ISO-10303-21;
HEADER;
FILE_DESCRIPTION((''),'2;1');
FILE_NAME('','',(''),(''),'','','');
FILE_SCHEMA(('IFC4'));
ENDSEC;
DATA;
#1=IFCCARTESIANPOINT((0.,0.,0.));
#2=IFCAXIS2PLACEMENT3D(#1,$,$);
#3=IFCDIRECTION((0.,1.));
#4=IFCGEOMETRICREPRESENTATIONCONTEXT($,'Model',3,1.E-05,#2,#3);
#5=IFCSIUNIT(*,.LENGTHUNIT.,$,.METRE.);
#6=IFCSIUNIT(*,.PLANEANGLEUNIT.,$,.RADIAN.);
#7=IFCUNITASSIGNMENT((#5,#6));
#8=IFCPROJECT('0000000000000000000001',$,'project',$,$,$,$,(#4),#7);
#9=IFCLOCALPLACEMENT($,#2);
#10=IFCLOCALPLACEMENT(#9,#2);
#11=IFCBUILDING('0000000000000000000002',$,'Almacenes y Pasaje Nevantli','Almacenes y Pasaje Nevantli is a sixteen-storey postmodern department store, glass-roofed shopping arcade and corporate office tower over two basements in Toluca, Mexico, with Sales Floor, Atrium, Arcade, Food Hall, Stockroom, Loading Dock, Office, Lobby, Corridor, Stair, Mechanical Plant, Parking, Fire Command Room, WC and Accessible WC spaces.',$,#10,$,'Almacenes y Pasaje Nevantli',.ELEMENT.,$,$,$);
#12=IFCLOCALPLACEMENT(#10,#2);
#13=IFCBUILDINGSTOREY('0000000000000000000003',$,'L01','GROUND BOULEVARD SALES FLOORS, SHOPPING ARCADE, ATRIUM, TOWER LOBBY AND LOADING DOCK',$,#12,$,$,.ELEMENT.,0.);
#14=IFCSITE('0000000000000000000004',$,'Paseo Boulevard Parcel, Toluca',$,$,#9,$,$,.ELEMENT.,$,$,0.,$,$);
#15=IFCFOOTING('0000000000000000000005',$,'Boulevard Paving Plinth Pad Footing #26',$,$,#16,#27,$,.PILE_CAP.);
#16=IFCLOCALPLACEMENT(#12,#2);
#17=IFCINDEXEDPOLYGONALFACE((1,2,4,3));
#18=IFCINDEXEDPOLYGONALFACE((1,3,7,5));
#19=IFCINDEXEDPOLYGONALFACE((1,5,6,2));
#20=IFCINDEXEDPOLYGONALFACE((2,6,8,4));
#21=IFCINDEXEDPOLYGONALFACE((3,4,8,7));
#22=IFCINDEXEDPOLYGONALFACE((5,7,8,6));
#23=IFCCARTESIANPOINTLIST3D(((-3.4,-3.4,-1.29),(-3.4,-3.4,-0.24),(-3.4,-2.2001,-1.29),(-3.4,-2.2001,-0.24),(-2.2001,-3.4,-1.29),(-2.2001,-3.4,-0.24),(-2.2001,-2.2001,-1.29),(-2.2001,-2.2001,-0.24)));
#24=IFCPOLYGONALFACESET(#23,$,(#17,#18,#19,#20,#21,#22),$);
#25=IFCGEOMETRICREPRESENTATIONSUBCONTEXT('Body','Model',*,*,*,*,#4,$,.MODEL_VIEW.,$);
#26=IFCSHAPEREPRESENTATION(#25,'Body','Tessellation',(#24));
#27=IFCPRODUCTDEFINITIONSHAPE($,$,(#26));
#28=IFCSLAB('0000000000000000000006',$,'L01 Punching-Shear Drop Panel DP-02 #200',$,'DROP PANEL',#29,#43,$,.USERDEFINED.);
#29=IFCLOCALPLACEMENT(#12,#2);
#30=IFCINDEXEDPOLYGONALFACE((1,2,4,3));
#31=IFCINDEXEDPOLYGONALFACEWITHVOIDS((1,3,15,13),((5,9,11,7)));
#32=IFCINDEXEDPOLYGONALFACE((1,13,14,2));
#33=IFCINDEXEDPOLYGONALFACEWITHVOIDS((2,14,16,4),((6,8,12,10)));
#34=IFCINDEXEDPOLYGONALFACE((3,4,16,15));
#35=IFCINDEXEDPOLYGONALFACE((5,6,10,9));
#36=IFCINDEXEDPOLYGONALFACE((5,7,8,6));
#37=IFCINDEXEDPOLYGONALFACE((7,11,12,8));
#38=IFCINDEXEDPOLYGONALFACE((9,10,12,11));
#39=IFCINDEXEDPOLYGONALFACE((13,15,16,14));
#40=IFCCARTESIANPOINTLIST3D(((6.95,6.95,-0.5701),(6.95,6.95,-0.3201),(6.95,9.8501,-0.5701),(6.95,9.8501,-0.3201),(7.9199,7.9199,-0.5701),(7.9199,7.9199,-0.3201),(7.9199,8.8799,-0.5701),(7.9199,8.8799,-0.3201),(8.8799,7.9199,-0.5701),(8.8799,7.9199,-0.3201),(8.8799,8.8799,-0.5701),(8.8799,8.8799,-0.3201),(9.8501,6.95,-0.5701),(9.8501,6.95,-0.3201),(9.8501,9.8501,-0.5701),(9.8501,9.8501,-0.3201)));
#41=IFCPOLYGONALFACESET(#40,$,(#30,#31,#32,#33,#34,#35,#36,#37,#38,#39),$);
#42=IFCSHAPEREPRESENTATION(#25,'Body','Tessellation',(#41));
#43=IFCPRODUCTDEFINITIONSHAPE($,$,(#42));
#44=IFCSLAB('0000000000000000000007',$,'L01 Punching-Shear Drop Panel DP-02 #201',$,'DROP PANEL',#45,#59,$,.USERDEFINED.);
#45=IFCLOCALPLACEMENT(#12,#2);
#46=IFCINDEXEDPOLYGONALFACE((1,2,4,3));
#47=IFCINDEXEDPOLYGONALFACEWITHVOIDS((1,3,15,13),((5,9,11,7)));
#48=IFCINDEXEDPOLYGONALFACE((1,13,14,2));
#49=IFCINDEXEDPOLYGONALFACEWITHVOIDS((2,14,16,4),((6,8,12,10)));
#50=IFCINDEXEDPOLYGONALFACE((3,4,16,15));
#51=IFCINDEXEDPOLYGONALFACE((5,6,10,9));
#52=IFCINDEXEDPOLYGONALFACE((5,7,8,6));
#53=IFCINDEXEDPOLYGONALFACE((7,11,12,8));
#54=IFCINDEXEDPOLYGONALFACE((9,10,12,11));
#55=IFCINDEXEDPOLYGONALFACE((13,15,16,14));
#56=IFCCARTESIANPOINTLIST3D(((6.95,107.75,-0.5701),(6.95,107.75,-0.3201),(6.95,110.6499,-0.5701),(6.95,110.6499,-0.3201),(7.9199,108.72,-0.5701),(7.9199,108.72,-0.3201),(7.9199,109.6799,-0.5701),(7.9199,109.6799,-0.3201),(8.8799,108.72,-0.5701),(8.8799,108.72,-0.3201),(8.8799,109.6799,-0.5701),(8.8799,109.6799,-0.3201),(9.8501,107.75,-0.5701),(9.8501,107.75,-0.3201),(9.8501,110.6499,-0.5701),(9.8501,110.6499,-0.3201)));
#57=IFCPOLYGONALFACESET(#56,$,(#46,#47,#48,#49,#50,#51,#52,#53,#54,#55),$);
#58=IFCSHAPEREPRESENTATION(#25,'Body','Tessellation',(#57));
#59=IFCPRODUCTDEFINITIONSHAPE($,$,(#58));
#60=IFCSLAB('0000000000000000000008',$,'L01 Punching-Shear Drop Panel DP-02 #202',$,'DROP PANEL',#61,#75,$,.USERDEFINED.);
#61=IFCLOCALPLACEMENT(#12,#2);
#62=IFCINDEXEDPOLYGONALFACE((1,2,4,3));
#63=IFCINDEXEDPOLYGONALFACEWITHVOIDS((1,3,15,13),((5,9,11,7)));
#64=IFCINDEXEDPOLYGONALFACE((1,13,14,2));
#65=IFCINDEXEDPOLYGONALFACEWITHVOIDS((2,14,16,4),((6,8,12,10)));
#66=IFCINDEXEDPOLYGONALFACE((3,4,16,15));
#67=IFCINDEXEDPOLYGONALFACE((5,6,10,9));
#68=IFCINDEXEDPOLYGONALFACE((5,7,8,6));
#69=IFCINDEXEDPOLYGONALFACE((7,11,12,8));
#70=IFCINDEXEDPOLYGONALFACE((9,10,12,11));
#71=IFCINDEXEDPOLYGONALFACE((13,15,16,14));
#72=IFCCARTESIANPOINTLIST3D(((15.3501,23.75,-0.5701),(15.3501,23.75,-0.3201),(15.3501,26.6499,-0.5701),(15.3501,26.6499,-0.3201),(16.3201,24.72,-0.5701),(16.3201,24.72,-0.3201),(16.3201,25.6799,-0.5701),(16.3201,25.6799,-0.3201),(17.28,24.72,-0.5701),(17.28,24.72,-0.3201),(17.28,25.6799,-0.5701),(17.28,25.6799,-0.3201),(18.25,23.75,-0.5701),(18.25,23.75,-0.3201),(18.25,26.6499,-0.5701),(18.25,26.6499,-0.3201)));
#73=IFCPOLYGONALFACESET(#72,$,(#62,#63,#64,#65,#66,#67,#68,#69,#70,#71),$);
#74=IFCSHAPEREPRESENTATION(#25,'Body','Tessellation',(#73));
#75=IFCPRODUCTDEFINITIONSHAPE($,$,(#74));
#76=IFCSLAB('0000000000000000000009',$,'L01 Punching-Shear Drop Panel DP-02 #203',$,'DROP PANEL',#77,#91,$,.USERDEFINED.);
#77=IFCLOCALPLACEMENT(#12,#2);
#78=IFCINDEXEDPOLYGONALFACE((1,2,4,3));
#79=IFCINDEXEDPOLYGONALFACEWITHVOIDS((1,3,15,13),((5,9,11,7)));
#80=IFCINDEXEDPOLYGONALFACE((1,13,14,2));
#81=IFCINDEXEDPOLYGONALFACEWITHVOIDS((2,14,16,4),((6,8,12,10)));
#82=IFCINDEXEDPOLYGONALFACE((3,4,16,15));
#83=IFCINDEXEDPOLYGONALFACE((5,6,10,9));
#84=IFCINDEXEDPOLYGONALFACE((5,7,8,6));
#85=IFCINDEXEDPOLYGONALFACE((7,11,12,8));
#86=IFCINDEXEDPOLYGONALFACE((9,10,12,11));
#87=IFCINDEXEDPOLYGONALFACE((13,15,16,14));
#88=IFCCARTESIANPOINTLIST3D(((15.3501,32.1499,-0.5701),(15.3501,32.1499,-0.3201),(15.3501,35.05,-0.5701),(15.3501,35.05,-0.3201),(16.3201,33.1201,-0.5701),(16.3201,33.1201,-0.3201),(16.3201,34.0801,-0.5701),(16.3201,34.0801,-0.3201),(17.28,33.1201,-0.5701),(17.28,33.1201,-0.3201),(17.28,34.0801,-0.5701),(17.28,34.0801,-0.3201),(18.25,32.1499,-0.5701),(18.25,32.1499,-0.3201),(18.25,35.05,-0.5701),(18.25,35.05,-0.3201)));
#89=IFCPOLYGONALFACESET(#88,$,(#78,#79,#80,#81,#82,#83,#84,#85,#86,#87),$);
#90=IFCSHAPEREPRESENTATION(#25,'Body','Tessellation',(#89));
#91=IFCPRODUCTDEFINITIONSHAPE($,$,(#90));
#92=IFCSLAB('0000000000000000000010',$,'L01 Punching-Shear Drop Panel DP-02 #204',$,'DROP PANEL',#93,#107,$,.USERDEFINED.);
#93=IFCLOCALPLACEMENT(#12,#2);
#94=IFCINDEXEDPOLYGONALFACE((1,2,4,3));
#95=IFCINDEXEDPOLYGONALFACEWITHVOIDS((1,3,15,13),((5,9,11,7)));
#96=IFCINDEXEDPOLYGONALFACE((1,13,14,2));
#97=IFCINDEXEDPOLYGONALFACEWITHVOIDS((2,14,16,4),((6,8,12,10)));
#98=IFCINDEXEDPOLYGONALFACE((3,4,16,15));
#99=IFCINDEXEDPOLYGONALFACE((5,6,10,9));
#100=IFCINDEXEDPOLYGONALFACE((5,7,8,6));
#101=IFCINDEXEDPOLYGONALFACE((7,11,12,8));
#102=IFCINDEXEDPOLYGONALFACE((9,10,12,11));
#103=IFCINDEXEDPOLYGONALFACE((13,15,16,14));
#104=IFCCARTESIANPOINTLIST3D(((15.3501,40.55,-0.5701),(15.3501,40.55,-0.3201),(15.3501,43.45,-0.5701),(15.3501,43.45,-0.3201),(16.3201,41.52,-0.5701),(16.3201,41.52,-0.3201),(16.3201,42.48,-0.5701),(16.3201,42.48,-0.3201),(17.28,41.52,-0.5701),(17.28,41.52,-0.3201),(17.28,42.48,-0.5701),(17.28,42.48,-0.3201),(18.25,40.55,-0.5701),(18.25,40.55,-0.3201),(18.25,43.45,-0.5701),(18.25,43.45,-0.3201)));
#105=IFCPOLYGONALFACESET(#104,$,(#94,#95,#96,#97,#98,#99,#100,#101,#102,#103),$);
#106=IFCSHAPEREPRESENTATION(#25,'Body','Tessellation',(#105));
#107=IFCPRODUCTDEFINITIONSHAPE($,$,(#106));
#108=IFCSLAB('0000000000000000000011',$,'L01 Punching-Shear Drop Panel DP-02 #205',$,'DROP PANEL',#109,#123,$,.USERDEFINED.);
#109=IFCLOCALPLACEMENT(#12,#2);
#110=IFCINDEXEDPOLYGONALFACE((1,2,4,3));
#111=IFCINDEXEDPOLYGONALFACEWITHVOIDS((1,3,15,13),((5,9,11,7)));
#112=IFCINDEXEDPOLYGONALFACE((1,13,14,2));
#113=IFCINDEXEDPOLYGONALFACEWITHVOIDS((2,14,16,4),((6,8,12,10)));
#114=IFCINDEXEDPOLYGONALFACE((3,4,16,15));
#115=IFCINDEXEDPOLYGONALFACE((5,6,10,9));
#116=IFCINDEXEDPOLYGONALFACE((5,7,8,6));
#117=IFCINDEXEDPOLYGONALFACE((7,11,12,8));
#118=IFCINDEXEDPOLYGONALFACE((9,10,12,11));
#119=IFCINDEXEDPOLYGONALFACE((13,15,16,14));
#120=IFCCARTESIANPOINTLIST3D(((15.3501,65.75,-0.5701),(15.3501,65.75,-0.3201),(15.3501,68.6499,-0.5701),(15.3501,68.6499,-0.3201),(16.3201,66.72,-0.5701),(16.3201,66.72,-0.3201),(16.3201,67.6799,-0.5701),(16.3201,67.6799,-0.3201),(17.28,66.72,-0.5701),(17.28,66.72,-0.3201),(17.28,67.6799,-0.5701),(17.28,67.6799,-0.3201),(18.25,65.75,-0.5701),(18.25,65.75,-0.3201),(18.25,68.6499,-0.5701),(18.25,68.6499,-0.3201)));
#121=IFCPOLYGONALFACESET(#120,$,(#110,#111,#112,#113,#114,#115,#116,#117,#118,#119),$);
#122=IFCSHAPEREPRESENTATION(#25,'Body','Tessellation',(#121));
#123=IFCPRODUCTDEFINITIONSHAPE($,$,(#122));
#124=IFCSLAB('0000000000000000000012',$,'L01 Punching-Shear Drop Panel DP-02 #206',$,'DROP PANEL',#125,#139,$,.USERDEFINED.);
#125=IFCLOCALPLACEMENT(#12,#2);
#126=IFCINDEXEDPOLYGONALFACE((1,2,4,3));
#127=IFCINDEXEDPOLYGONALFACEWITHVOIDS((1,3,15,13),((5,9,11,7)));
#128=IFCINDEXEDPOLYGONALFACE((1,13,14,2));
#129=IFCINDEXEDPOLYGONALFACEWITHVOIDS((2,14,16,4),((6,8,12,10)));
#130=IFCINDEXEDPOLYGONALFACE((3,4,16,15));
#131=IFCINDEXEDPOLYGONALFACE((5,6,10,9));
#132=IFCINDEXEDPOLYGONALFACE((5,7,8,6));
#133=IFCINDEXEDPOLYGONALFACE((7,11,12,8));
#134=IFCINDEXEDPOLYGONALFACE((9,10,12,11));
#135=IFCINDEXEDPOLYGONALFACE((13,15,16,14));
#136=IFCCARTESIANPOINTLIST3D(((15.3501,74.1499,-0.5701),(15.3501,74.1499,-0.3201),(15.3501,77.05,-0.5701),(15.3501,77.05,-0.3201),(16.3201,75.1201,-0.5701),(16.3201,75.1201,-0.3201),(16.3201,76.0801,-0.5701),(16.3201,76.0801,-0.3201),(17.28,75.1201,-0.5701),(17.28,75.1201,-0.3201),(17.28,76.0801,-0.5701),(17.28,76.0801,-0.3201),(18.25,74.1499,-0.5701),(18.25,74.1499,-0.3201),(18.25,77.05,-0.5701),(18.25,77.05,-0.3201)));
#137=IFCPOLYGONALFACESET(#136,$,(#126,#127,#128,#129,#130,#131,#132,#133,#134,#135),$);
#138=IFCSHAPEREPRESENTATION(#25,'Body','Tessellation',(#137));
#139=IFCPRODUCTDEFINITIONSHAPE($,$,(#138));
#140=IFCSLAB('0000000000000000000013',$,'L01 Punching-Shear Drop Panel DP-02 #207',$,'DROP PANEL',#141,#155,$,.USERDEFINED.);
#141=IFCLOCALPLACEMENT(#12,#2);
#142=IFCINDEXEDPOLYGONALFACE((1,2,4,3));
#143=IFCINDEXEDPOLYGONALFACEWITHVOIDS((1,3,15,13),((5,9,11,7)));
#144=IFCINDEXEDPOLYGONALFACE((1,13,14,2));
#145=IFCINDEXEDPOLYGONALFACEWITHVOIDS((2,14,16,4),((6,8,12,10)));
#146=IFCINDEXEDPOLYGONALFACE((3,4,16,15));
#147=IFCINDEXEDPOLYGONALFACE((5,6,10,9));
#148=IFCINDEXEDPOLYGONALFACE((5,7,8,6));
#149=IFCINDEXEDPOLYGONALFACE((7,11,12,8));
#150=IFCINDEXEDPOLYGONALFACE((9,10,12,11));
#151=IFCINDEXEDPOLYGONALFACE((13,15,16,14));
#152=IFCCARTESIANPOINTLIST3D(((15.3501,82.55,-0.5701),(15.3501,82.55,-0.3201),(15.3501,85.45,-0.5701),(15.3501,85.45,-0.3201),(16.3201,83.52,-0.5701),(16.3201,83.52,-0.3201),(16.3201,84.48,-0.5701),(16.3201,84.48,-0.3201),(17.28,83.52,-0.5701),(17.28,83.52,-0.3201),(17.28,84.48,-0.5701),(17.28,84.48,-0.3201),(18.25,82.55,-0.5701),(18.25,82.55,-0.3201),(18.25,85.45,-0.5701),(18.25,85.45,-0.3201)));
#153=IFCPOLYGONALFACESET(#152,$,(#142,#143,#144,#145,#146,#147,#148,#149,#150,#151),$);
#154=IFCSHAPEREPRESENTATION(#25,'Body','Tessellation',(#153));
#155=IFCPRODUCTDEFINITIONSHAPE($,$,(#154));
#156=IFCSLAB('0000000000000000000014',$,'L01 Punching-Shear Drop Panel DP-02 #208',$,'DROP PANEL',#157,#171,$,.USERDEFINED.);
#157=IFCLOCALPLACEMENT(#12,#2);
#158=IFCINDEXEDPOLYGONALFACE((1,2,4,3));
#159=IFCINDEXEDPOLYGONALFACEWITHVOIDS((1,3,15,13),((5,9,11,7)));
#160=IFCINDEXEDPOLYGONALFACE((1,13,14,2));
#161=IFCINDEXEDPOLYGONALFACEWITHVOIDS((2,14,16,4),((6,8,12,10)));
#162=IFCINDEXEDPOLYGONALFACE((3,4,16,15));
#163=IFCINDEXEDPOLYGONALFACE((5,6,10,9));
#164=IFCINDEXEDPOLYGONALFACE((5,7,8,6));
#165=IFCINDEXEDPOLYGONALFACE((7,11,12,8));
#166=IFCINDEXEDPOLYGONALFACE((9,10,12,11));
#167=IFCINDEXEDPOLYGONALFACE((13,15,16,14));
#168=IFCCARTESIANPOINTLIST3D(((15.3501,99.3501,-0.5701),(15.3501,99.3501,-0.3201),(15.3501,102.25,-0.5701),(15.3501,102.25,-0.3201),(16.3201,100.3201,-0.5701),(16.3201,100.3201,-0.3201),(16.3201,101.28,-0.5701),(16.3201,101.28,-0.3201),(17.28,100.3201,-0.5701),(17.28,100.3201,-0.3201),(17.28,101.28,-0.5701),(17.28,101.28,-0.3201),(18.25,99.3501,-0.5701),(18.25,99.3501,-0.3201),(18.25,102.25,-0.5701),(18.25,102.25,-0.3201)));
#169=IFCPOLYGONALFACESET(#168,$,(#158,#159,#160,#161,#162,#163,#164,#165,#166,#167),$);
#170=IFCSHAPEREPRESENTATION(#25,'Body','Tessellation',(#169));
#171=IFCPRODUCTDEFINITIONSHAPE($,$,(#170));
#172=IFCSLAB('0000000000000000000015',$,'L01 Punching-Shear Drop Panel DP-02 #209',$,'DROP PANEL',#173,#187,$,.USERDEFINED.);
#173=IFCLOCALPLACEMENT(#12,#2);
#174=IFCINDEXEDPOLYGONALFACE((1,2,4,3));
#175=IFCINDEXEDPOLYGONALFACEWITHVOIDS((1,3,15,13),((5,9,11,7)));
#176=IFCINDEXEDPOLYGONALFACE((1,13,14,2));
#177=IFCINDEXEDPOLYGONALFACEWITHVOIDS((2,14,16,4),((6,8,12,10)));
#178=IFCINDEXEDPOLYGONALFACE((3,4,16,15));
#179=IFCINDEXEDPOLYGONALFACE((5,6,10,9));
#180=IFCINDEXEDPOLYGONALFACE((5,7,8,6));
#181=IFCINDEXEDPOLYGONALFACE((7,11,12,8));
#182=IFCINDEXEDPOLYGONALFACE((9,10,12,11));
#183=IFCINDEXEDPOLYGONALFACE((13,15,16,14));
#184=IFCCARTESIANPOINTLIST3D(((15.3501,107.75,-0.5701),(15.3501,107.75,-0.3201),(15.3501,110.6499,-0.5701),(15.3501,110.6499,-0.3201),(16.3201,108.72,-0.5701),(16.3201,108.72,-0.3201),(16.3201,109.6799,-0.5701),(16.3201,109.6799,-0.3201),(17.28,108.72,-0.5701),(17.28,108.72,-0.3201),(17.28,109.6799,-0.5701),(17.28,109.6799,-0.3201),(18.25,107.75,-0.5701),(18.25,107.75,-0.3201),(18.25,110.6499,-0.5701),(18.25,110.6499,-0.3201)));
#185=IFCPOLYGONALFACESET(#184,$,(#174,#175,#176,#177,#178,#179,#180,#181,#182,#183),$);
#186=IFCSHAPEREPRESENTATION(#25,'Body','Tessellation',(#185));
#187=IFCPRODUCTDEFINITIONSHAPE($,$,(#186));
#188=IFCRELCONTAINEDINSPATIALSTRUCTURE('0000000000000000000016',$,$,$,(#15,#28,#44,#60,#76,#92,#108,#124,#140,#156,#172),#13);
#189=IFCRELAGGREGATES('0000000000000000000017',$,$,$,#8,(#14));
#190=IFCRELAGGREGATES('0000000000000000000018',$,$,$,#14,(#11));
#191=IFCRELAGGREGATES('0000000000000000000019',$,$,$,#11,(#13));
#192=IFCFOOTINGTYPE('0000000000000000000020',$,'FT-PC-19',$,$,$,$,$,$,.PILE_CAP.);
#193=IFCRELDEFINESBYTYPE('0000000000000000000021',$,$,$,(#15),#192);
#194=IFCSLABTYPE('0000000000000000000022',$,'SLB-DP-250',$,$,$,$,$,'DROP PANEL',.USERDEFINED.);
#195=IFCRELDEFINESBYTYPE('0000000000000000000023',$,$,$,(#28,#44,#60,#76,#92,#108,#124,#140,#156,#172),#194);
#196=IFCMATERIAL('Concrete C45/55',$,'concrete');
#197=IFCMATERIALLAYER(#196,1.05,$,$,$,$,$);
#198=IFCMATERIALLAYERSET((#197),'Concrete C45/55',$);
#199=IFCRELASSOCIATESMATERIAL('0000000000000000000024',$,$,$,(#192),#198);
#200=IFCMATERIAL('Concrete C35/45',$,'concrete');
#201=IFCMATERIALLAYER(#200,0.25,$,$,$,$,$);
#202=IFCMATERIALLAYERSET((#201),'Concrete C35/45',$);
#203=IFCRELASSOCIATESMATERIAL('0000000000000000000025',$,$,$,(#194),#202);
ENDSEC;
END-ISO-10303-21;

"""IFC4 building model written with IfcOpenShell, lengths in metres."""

from ifc_helpers import new_model, si_unit, direction, frame, origin, origin_2d, place, context, subcontext, project, spatial, polyline, rectangle, outline, extrude, material, layer, layer_set, type_object, element, save


model = new_model("IFC4")

# Units and contexts
model_context = context("Model", 3, precision=1e-05, world=origin(), true_north=direction((0.0, 1.0)))
body_context = subcontext(model_context, "Body", "Model", "MODEL_VIEW")
ifc_project = project(units=[si_unit("LENGTHUNIT", "METRE"), si_unit("PLANEANGLEUNIT", "RADIAN")], contexts=[model_context])

# Site, building, storey
site_placement = place(None, origin())
site = spatial("IfcSite", under=ifc_project, at=site_placement, Name="Paseo Boulevard Parcel, Toluca", CompositionType="ELEMENT", RefElevation=0.0)
building_placement = place(site_placement, origin())
building = spatial("IfcBuilding", under=site, at=building_placement, Name="Almacenes y Pasaje Nevantli", Description="Almacenes y Pasaje Nevantli is a sixteen-storey postmodern department store, glass-roofed shopping arcade and corporate office tower over two basements in Toluca, Mexico, with Sales Floor, Atrium, Arcade, Food Hall, Stockroom, Loading Dock, Office, Lobby, Corridor, Stair, Mechanical Plant, Parking, Fire Command Room, WC and Accessible WC spaces.", LongName="Almacenes y Pasaje Nevantli", CompositionType="ELEMENT")
storey_placement = place(building_placement, origin())
storey = spatial("IfcBuildingStorey", under=building, at=storey_placement, Name="L01", Description="GROUND BOULEVARD SALES FLOORS, SHOPPING ARCADE, ATRIUM, TOWER LOBBY AND LOADING DOCK", CompositionType="ELEMENT", Elevation=0.0)

# Footing
ifc_material_1 = material(Name="Concrete C45/55", Category="concrete")
ifc_layer_1 = layer(ifc_material_1, 1.05)
ifc_layer_set_1 = layer_set([ifc_layer_1], Name="Concrete C45/55")
footing_type = type_object("IfcFootingType", Name="FT-PC-19", PredefinedType="PILE_CAP", material=ifc_layer_set_1)
footing_placement = place(storey_placement, frame((-2.8, -2.8, -1.29), z_axis=(0.0, 0.0, 1.0), x_axis=(1.0, 0.0, 0.0)))
element("IfcFooting", 1, at=footing_placement, inside=storey, type_object=footing_type, Name="Boulevard Paving Plinth Pad Footing #26", PredefinedType="PILE_CAP", context=body_context, shape_type="SweptSolid", body=[
    extrude(rectangle(XDim=1.2, YDim=1.2, at=origin_2d()), origin(), (0.0, 0.0, 1.0), 1.05),
])

# Slabs
ifc_material_2 = material(Name="Concrete C35/45", Category="concrete")
ifc_layer_2 = layer(ifc_material_2, 0.25)
ifc_layer_set_2 = layer_set([ifc_layer_2], Name="Concrete C35/45")
slab_type_1 = type_object("IfcSlabType", Name="SLB-DP-250", ElementType="DROP PANEL", PredefinedType="USERDEFINED", material=ifc_layer_set_2)
slab_1_placement = place(storey_placement, frame((0.0, 0.0, -0.5701)))
element("IfcSlab", 2, at=slab_1_placement, inside=storey, type_object=slab_type_1, Name="L01 Punching-Shear Drop Panel DP-02 #200", ObjectType="DROP PANEL", PredefinedType="USERDEFINED", context=body_context, shape_type="SweptSolid", body=[
    extrude(outline(polyline([(6.95, 6.95), (9.8501, 6.95), (9.8501, 9.8501), (6.95, 9.8501), (6.95, 6.95)]), holes=[polyline([(7.9199, 7.9199), (8.8799, 7.9199), (8.8799, 8.8799), (7.9199, 8.8799), (7.9199, 7.9199)])]), origin(), (0.0, 0.0, 1.0), 0.25),
])
slab_2_placement = place(storey_placement, frame((0.0, 0.0, -0.5701)))
element("IfcSlab", 3, at=slab_2_placement, inside=storey, type_object=slab_type_1, Name="L01 Punching-Shear Drop Panel DP-02 #201", ObjectType="DROP PANEL", PredefinedType="USERDEFINED", context=body_context, shape_type="SweptSolid", body=[
    extrude(outline(polyline([(6.95, 107.75), (9.8501, 107.75), (9.8501, 110.6499), (6.95, 110.6499), (6.95, 107.75)]), holes=[polyline([(7.9199, 108.72), (8.8799, 108.72), (8.8799, 109.6799), (7.9199, 109.6799), (7.9199, 108.72)])]), origin(), (0.0, 0.0, 1.0), 0.25),
])
slab_3_placement = place(storey_placement, frame((0.0, 0.0, -0.5701)))
element("IfcSlab", 4, at=slab_3_placement, inside=storey, type_object=slab_type_1, Name="L01 Punching-Shear Drop Panel DP-02 #202", ObjectType="DROP PANEL", PredefinedType="USERDEFINED", context=body_context, shape_type="SweptSolid", body=[
    extrude(outline(polyline([(15.3501, 23.75), (18.25, 23.75), (18.25, 26.6499), (15.3501, 26.6499), (15.3501, 23.75)]), holes=[polyline([(16.3201, 24.72), (17.28, 24.72), (17.28, 25.6799), (16.3201, 25.6799), (16.3201, 24.72)])]), origin(), (0.0, 0.0, 1.0), 0.25),
])
slab_4_placement = place(storey_placement, frame((0.0, 0.0, -0.5701)))
element("IfcSlab", 5, at=slab_4_placement, inside=storey, type_object=slab_type_1, Name="L01 Punching-Shear Drop Panel DP-02 #203", ObjectType="DROP PANEL", PredefinedType="USERDEFINED", context=body_context, shape_type="SweptSolid", body=[
    extrude(outline(polyline([(15.3501, 32.1499), (18.25, 32.1499), (18.25, 35.05), (15.3501, 35.05), (15.3501, 32.1499)]), holes=[polyline([(16.3201, 33.1201), (17.28, 33.1201), (17.28, 34.0801), (16.3201, 34.0801), (16.3201, 33.1201)])]), origin(), (0.0, 0.0, 1.0), 0.25),
])
slab_5_placement = place(storey_placement, frame((0.0, 0.0, -0.5701)))
element("IfcSlab", 6, at=slab_5_placement, inside=storey, type_object=slab_type_1, Name="L01 Punching-Shear Drop Panel DP-02 #204", ObjectType="DROP PANEL", PredefinedType="USERDEFINED", context=body_context, shape_type="SweptSolid", body=[
    extrude(outline(polyline([(15.3501, 40.55), (18.25, 40.55), (18.25, 43.45), (15.3501, 43.45), (15.3501, 40.55)]), holes=[polyline([(16.3201, 41.52), (17.28, 41.52), (17.28, 42.48), (16.3201, 42.48), (16.3201, 41.52)])]), origin(), (0.0, 0.0, 1.0), 0.25),
])
slab_6_placement = place(storey_placement, frame((0.0, 0.0, -0.5701)))
element("IfcSlab", 7, at=slab_6_placement, inside=storey, type_object=slab_type_1, Name="L01 Punching-Shear Drop Panel DP-02 #205", ObjectType="DROP PANEL", PredefinedType="USERDEFINED", context=body_context, shape_type="SweptSolid", body=[
    extrude(outline(polyline([(15.3501, 65.75), (18.25, 65.75), (18.25, 68.6499), (15.3501, 68.6499), (15.3501, 65.75)]), holes=[polyline([(16.3201, 66.72), (17.28, 66.72), (17.28, 67.6799), (16.3201, 67.6799), (16.3201, 66.72)])]), origin(), (0.0, 0.0, 1.0), 0.25),
])
slab_7_placement = place(storey_placement, frame((0.0, 0.0, -0.5701)))
element("IfcSlab", 8, at=slab_7_placement, inside=storey, type_object=slab_type_1, Name="L01 Punching-Shear Drop Panel DP-02 #206", ObjectType="DROP PANEL", PredefinedType="USERDEFINED", context=body_context, shape_type="SweptSolid", body=[
    extrude(outline(polyline([(15.3501, 74.1499), (18.25, 74.1499), (18.25, 77.05), (15.3501, 77.05), (15.3501, 74.1499)]), holes=[polyline([(16.3201, 75.1201), (17.28, 75.1201), (17.28, 76.0801), (16.3201, 76.0801), (16.3201, 75.1201)])]), origin(), (0.0, 0.0, 1.0), 0.25),
])
slab_8_placement = place(storey_placement, frame((0.0, 0.0, -0.5701)))
element("IfcSlab", 9, at=slab_8_placement, inside=storey, type_object=slab_type_1, Name="L01 Punching-Shear Drop Panel DP-02 #207", ObjectType="DROP PANEL", PredefinedType="USERDEFINED", context=body_context, shape_type="SweptSolid", body=[
    extrude(outline(polyline([(15.3501, 82.55), (18.25, 82.55), (18.25, 85.45), (15.3501, 85.45), (15.3501, 82.55)]), holes=[polyline([(16.3201, 83.52), (17.28, 83.52), (17.28, 84.48), (16.3201, 84.48), (16.3201, 83.52)])]), origin(), (0.0, 0.0, 1.0), 0.25),
])
slab_9_placement = place(storey_placement, frame((0.0, 0.0, -0.5701)))
element("IfcSlab", 10, at=slab_9_placement, inside=storey, type_object=slab_type_1, Name="L01 Punching-Shear Drop Panel DP-02 #208", ObjectType="DROP PANEL", PredefinedType="USERDEFINED", context=body_context, shape_type="SweptSolid", body=[
    extrude(outline(polyline([(15.3501, 99.3501), (18.25, 99.3501), (18.25, 102.25), (15.3501, 102.25), (15.3501, 99.3501)]), holes=[polyline([(16.3201, 100.3201), (17.28, 100.3201), (17.28, 101.28), (16.3201, 101.28), (16.3201, 100.3201)])]), origin(), (0.0, 0.0, 1.0), 0.25),
])
slab_10_placement = place(storey_placement, frame((0.0, 0.0, -0.5701)))
element("IfcSlab", 11, at=slab_10_placement, inside=storey, type_object=slab_type_1, Name="L01 Punching-Shear Drop Panel DP-02 #209", ObjectType="DROP PANEL", PredefinedType="USERDEFINED", context=body_context, shape_type="SweptSolid", body=[
    extrude(outline(polyline([(15.3501, 107.75), (18.25, 107.75), (18.25, 110.6499), (15.3501, 110.6499), (15.3501, 107.75)]), holes=[polyline([(16.3201, 108.72), (17.28, 108.72), (17.28, 109.6799), (16.3201, 109.6799), (16.3201, 108.72)])]), origin(), (0.0, 0.0, 1.0), 0.25),
])

save(model, "model.ifc")
